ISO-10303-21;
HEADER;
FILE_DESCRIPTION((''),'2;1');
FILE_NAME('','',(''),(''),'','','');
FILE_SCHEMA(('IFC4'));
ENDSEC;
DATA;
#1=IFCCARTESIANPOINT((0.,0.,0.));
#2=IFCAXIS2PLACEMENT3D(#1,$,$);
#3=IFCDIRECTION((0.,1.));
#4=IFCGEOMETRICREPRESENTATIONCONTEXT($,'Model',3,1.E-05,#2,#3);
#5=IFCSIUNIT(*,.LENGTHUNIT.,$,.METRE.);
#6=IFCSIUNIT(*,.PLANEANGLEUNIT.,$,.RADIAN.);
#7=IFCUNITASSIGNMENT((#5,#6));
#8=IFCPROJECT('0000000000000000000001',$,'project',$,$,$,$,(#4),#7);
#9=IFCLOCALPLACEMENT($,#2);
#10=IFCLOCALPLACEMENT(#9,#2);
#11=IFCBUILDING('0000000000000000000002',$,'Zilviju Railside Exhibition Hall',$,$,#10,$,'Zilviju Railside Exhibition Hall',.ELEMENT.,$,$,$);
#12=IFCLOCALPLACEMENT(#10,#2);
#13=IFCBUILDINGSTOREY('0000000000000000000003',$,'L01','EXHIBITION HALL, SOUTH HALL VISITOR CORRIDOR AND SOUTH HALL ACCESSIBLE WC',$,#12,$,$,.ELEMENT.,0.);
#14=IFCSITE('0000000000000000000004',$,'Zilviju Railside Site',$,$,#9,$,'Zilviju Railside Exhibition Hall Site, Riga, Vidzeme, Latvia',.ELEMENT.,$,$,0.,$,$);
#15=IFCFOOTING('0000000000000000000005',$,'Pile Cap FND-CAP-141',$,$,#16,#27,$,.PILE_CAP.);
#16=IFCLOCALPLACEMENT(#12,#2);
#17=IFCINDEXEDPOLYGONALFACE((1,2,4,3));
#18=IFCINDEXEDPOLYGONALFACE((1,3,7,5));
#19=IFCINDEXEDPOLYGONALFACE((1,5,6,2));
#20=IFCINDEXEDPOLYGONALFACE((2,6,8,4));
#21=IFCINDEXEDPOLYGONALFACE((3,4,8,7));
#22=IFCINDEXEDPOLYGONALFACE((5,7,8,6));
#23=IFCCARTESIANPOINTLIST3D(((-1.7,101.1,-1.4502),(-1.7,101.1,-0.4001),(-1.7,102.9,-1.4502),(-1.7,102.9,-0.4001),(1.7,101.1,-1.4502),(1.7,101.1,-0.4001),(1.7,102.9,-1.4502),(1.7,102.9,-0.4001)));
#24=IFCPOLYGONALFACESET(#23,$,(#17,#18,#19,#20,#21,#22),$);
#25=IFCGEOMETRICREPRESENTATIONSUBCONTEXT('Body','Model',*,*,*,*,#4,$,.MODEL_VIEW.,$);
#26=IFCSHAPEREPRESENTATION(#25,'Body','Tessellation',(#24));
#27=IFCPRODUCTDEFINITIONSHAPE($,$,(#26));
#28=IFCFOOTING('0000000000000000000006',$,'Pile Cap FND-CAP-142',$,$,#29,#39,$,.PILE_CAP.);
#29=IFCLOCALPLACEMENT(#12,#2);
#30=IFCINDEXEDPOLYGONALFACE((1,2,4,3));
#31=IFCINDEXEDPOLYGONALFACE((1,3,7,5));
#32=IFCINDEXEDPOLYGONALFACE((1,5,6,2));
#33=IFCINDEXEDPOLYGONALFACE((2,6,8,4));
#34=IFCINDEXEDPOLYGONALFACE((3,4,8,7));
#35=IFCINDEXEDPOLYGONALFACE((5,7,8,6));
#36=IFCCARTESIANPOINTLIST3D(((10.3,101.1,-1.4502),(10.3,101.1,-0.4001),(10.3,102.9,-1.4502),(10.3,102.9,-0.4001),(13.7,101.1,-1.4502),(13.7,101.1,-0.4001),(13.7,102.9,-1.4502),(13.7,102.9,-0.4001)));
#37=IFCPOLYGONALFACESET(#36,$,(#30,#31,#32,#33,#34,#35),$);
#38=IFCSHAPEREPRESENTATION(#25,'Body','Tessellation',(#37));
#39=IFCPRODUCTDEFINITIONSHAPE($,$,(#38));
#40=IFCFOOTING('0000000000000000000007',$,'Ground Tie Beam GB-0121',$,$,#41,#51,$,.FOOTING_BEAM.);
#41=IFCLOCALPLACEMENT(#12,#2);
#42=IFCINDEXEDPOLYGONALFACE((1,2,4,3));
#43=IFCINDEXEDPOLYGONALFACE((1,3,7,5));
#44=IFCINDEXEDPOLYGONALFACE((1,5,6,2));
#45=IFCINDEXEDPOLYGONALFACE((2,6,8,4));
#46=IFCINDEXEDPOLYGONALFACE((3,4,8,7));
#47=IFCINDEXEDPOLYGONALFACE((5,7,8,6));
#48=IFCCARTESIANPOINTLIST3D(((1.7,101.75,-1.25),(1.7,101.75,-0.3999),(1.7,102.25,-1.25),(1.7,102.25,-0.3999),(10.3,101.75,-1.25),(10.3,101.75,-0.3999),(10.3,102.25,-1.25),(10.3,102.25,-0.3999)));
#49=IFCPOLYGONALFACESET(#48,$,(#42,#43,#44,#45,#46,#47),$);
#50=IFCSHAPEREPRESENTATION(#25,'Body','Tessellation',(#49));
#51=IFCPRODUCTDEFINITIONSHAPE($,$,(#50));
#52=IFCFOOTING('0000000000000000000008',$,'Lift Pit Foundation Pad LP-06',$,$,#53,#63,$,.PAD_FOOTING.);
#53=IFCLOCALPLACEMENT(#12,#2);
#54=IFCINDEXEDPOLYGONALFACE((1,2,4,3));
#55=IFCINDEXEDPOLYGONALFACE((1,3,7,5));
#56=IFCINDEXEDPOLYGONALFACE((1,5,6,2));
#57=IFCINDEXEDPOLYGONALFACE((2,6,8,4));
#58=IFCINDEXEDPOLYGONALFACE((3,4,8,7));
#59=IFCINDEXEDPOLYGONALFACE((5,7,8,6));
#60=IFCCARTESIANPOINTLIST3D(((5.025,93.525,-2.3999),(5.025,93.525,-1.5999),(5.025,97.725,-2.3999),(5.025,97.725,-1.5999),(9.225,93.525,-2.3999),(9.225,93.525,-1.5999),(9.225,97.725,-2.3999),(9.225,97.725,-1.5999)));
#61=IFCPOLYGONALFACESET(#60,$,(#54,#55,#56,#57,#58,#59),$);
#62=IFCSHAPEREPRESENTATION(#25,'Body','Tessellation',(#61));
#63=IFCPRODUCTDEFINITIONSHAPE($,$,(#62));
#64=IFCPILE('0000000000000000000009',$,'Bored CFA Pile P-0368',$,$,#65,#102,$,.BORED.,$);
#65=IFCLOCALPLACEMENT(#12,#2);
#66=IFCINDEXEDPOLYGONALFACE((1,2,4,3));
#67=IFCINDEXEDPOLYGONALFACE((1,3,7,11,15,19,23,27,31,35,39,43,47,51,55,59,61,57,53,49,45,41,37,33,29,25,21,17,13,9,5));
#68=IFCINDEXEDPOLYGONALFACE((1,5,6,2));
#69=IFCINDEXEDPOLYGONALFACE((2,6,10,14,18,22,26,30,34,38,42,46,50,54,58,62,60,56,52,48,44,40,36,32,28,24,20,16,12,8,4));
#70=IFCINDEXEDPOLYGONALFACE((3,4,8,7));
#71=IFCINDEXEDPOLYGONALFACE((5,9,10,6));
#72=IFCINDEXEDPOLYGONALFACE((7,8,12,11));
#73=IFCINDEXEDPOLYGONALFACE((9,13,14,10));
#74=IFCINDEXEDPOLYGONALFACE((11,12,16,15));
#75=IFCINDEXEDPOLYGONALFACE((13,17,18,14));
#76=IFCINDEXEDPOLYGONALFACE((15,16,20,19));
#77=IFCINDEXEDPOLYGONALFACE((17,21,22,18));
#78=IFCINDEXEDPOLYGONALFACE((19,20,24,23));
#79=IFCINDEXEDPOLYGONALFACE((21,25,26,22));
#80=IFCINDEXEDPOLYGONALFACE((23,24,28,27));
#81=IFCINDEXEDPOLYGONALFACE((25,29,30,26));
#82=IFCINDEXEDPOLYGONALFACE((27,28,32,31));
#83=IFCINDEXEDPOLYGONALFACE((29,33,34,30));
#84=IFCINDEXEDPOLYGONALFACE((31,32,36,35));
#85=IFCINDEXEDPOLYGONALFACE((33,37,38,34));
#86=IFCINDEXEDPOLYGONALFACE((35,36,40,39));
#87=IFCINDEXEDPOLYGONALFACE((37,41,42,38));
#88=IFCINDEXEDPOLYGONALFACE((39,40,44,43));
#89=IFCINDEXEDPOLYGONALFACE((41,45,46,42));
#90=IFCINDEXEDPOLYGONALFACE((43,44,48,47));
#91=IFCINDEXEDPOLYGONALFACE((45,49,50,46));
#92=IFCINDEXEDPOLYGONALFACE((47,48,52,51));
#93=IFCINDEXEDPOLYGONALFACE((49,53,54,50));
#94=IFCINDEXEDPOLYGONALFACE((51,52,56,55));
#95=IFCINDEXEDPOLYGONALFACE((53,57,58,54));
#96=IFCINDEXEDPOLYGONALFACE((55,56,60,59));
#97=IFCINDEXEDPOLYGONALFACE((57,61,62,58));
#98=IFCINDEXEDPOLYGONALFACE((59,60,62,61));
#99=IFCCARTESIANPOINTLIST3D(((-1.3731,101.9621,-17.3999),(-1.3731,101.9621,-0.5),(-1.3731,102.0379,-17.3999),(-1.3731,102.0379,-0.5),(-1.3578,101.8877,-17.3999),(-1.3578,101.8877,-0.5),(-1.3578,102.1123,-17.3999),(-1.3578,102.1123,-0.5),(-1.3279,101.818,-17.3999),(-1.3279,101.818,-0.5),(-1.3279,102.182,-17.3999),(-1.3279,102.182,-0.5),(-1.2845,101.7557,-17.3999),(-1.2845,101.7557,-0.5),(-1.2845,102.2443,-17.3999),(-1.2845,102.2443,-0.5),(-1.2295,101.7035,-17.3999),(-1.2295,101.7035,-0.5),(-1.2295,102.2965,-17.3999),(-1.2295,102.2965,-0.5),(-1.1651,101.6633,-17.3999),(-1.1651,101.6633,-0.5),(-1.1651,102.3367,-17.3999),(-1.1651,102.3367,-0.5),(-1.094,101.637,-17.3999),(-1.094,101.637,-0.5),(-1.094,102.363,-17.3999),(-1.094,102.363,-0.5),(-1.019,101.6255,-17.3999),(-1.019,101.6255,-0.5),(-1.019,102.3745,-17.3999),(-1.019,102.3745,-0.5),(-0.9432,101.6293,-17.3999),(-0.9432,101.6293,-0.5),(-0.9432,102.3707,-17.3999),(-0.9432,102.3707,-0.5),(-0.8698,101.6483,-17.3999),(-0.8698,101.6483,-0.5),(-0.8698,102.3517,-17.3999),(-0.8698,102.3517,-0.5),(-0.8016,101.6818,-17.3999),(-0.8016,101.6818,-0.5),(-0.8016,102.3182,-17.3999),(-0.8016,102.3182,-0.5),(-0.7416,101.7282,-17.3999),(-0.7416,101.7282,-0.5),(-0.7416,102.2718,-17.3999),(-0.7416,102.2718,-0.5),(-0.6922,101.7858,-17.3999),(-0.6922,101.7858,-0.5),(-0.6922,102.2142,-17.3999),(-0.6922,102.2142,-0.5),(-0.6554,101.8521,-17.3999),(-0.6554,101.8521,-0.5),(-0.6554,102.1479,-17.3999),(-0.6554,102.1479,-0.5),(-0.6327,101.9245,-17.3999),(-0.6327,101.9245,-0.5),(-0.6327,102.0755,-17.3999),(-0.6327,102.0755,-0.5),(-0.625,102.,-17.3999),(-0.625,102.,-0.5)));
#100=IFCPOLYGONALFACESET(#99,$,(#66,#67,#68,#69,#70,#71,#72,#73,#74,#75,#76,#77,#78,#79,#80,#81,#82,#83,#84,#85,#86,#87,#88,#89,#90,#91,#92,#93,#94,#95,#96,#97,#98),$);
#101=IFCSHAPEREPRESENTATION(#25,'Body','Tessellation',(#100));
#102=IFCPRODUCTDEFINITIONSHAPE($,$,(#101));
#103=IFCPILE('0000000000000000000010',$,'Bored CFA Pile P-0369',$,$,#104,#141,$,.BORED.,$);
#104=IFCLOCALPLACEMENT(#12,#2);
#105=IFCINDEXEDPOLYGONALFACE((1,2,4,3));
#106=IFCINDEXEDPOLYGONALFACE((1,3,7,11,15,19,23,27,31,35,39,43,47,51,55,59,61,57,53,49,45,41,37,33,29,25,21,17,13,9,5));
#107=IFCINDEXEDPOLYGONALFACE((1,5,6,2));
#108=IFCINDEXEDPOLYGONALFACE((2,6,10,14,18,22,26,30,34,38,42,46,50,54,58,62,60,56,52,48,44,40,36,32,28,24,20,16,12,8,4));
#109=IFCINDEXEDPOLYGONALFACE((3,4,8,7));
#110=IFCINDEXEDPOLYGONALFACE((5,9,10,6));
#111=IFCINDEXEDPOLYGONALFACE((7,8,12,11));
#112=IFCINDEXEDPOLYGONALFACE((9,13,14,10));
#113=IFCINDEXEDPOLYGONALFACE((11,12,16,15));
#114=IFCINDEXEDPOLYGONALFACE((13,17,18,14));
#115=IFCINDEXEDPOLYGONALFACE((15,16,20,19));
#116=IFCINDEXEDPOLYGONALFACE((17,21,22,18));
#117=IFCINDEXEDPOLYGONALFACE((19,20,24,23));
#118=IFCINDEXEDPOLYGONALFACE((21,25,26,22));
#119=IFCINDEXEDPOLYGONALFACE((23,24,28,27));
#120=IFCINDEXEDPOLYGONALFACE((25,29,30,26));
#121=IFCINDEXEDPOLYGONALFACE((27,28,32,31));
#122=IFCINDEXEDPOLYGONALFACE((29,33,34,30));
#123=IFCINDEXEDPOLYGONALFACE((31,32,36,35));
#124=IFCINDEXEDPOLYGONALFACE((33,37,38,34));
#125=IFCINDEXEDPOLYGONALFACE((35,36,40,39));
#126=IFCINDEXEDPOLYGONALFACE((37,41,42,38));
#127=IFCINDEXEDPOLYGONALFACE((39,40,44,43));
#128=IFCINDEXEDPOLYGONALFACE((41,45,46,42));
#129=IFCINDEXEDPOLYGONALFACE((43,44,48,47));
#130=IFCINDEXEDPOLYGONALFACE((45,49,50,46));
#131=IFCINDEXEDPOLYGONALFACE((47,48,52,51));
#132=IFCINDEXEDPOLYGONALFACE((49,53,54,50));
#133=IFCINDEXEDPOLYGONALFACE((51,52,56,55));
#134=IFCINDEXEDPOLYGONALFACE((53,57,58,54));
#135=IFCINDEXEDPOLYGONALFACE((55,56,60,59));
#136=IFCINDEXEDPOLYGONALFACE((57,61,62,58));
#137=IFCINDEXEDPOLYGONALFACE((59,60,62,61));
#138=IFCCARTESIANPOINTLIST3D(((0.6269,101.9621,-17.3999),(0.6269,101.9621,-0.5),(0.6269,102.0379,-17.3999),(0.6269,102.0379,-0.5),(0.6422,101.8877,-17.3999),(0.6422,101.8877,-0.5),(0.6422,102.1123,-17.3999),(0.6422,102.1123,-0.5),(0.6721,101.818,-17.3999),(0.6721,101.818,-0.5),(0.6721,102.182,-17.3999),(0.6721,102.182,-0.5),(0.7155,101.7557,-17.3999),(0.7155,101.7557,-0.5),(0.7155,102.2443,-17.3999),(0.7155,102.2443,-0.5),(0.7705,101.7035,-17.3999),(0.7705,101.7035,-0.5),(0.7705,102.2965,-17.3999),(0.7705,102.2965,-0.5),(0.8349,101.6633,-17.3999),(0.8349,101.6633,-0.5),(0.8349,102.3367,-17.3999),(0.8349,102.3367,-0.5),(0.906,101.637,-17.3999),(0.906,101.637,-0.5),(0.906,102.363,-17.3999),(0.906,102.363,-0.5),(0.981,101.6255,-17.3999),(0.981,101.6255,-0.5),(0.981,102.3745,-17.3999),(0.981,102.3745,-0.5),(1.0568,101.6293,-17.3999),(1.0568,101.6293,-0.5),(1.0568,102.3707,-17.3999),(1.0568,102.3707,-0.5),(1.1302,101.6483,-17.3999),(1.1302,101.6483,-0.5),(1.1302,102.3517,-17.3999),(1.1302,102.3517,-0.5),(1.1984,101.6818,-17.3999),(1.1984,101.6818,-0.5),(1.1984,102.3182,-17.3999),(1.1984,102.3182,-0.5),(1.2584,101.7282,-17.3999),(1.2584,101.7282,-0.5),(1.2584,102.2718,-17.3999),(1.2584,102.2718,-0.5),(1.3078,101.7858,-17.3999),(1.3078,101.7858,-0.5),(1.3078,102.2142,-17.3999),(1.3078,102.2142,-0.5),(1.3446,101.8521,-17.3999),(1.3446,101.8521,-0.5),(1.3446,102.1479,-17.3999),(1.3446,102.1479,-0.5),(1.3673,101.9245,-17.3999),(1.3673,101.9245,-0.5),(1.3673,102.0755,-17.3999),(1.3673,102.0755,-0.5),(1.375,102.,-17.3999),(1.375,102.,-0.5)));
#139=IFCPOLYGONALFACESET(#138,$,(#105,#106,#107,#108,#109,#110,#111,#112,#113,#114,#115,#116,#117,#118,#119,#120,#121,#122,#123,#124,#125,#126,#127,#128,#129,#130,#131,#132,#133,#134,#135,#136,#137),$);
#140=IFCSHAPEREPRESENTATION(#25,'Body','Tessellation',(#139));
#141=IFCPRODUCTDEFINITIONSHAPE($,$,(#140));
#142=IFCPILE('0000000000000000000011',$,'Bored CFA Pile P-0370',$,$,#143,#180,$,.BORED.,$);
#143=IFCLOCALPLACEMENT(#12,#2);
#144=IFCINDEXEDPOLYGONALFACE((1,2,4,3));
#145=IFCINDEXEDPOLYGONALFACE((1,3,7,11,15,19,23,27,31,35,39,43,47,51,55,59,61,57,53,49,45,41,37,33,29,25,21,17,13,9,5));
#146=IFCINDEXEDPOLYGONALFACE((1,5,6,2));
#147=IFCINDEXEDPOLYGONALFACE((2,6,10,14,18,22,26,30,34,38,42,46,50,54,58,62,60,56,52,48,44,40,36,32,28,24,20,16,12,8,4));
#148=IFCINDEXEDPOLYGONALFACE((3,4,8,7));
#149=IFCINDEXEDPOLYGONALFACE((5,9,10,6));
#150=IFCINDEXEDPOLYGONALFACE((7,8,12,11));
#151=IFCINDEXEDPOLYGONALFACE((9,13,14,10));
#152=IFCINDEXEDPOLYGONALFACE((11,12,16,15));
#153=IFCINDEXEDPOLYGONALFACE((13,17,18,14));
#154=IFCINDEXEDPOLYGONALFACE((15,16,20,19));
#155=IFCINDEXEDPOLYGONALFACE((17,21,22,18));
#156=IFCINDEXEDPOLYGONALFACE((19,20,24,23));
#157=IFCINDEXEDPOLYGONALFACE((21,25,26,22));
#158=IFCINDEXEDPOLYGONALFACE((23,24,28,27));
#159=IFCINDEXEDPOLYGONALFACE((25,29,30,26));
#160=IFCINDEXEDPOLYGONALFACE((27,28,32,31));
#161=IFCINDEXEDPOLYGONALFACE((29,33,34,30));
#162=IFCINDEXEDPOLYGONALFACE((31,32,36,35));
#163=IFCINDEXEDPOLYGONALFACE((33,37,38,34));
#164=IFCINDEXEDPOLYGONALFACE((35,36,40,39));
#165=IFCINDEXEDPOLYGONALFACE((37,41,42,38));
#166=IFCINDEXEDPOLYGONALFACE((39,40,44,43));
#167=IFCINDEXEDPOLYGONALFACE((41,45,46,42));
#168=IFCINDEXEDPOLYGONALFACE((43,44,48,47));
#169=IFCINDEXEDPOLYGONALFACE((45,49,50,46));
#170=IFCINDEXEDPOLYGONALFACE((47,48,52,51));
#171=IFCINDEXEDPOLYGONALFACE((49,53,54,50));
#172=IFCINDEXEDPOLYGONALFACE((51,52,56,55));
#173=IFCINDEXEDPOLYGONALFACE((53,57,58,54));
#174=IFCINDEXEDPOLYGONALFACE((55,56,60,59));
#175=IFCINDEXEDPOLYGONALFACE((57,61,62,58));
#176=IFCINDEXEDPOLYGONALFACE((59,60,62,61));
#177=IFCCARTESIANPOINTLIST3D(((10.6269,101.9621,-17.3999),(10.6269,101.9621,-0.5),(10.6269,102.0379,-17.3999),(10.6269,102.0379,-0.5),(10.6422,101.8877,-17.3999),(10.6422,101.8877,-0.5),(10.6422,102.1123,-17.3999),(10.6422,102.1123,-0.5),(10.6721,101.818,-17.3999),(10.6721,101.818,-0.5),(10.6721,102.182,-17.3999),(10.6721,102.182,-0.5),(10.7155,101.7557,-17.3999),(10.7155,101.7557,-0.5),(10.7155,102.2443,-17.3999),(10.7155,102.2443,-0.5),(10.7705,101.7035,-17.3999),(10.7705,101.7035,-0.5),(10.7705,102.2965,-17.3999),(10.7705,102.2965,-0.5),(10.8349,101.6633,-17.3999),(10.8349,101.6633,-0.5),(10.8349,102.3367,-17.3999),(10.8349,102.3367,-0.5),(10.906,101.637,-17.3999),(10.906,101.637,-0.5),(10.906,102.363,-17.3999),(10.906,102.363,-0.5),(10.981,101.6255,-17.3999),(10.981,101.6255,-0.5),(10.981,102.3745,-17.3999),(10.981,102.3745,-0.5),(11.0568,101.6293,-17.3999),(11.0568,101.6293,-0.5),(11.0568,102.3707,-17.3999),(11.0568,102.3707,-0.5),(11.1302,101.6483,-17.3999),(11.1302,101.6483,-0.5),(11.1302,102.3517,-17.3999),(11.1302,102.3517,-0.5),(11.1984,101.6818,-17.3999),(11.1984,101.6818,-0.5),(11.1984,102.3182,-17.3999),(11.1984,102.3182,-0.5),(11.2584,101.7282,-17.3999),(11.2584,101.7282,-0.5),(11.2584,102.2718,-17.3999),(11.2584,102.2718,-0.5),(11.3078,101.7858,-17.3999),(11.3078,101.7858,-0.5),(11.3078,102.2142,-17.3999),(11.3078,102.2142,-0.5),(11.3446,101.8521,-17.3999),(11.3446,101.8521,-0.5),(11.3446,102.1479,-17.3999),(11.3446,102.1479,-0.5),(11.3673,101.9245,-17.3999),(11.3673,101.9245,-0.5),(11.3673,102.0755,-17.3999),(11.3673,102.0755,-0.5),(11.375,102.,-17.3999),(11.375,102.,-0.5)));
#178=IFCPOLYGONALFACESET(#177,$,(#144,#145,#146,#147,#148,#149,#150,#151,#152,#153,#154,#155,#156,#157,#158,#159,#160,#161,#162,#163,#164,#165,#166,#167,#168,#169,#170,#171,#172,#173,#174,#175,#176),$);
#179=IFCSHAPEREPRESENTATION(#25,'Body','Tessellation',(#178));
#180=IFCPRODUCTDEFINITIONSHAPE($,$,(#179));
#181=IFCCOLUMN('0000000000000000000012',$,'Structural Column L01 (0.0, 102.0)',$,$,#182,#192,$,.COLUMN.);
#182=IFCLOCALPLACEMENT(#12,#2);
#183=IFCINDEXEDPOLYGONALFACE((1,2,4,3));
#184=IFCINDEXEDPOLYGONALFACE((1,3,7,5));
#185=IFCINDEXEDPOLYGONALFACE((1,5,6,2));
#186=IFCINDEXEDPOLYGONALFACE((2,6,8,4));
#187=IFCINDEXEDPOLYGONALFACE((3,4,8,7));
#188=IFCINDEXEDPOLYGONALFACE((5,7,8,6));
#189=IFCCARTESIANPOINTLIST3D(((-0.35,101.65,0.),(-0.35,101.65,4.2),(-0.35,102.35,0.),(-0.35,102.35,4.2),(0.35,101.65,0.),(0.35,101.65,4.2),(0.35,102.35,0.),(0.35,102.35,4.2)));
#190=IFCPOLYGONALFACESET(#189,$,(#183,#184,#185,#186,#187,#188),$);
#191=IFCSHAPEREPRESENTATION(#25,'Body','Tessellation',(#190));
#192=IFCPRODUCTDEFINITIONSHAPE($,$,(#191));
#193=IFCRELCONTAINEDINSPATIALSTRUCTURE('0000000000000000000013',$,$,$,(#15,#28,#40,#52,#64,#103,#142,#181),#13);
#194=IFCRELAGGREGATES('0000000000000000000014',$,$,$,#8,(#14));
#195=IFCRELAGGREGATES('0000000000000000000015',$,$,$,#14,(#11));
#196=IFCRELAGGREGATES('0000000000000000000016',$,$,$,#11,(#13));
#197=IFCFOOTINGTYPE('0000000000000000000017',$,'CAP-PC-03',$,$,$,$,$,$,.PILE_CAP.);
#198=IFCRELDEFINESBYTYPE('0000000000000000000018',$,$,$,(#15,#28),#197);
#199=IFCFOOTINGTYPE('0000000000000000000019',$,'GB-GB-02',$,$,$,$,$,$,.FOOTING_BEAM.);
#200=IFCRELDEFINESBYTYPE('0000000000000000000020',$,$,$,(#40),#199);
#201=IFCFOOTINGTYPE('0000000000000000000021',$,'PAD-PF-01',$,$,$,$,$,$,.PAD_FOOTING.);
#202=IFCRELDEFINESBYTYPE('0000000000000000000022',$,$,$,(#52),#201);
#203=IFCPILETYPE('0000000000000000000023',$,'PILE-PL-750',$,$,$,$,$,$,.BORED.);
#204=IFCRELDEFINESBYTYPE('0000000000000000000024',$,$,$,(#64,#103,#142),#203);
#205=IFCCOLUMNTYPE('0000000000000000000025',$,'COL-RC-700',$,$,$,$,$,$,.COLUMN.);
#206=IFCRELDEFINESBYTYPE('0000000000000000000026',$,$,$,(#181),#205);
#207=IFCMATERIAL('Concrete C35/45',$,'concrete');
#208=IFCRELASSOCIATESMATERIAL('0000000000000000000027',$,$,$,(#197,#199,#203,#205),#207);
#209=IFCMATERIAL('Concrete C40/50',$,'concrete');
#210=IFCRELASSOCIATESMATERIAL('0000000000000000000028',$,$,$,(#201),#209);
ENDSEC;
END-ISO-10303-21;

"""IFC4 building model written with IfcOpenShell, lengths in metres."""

from ifc_helpers import new_model, si_unit, direction, frame, origin, origin_2d, place, context, subcontext, project, spatial, rectangle, circle, extrude, material, material_profile, profile_set, type_object, element, save


model = new_model("IFC4")

# Units and contexts
model_context = context("Model", 3, precision=1e-05, world=origin(), true_north=direction((0.0, 1.0)))
body_context = subcontext(model_context, "Body", "Model", "MODEL_VIEW")
ifc_project = project(units=[si_unit("LENGTHUNIT", "METRE"), si_unit("PLANEANGLEUNIT", "RADIAN")], contexts=[model_context])

# Site, building, storey
site_placement = place(None, origin())
site = spatial("IfcSite", under=ifc_project, at=site_placement, Name="Zilviju Railside Site", LongName="Zilviju Railside Exhibition Hall Site, Riga, Vidzeme, Latvia", CompositionType="ELEMENT", RefElevation=0.0)
building_placement = place(site_placement, origin())
building = spatial("IfcBuilding", under=site, at=building_placement, Name="Zilviju Railside Exhibition Hall", LongName="Zilviju Railside Exhibition Hall", CompositionType="ELEMENT")
storey_placement = place(building_placement, origin())
storey = spatial("IfcBuildingStorey", under=building, at=storey_placement, Name="L01", Description="EXHIBITION HALL, SOUTH HALL VISITOR CORRIDOR AND SOUTH HALL ACCESSIBLE WC", CompositionType="ELEMENT", Elevation=0.0)

# Footings
ifc_material_1 = material(Name="Concrete C35/45", Category="concrete")
footing_type_1 = type_object("IfcFootingType", Name="CAP-PC-03", PredefinedType="PILE_CAP", material=ifc_material_1)
for number, where, z_axis, x_axis, name in (
    (1, (0.0, 102.0, -1.4502), (0.0, 0.0, 1.0), (1.0, 0.0, 0.0), "Pile Cap FND-CAP-141"),
    (2, (12.0, 102.0, -1.4502), (0.0, 0.0, 1.0), (1.0, 0.0, 0.0), "Pile Cap FND-CAP-142"),
):
    element("IfcFooting", number, at=place(storey_placement, frame(where, z_axis=z_axis, x_axis=x_axis)), inside=storey, type_object=footing_type_1, Name=name, PredefinedType="PILE_CAP", context=body_context, shape_type="SweptSolid", body=[
        extrude(rectangle(XDim=3.3999, YDim=1.8, at=origin_2d()), origin(), (0.0, 0.0, 1.0), 1.05),
    ])
ifc_material_profile_1 = material_profile(ifc_material_1, rectangle(XDim=0.5, YDim=0.8501, at=origin_2d()), Name="TIE BEAM 500x850")
ifc_profile_set_1 = profile_set([ifc_material_profile_1], Name="Concrete C35/45")
footing_type_2 = type_object("IfcFootingType", Name="GB-GB-02", PredefinedType="FOOTING_BEAM", material=ifc_profile_set_1)
footing_1_placement = place(storey_placement, frame((1.7, 102.0, -0.825), z_axis=(1.0, 0.0, 0.0), x_axis=(0.0, 1.0, 0.0)))
element("IfcFooting", 3, at=footing_1_placement, inside=storey, type_object=footing_type_2, Name="Ground Tie Beam GB-0121", PredefinedType="FOOTING_BEAM", context=body_context, shape_type="SweptSolid", body=[
    extrude(rectangle(XDim=0.5, YDim=0.8501, at=origin_2d()), origin(), (0.0, 0.0, 1.0), 8.6001),
])
ifc_material_2 = material(Name="Concrete C40/50", Category="concrete")
footing_type_3 = type_object("IfcFootingType", Name="PAD-PF-01", PredefinedType="PAD_FOOTING", material=ifc_material_2)
footing_2_placement = place(storey_placement, frame((7.125, 95.625, -2.3999), z_axis=(0.0, 0.0, 1.0), x_axis=(1.0, 0.0, 0.0)))
element("IfcFooting", 4, at=footing_2_placement, inside=storey, type_object=footing_type_3, Name="Lift Pit Foundation Pad LP-06", PredefinedType="PAD_FOOTING", context=body_context, shape_type="SweptSolid", body=[
    extrude(rectangle(XDim=4.2, YDim=4.2, at=origin_2d()), origin(), (0.0, 0.0, 1.0), 0.8),
])

# Piles
ifc_material_profile_2 = material_profile(ifc_material_1, circle(Radius=0.375, at=origin_2d()), Name="CFA PILE D750")
ifc_profile_set_2 = profile_set([ifc_material_profile_2], Name="Concrete C35/45")
pile_type = type_object("IfcPileType", Name="PILE-PL-750", PredefinedType="BORED", material=ifc_profile_set_2)
for number, where, z_axis, x_axis, name in (
    (5, (-1.0, 102.0, -0.5), (0.0, 0.0, -1.0), (1.0, 0.0, 0.0), "Bored CFA Pile P-0368"),
    (6, (1.0, 102.0, -0.5), (0.0, 0.0, -1.0), (1.0, 0.0, 0.0), "Bored CFA Pile P-0369"),
    (7, (11.0, 102.0, -0.5), (0.0, 0.0, -1.0), (1.0, 0.0, 0.0), "Bored CFA Pile P-0370"),
):
    element("IfcPile", number, at=place(storey_placement, frame(where, z_axis=z_axis, x_axis=x_axis)), inside=storey, type_object=pile_type, Name=name, PredefinedType="BORED", context=body_context, shape_type="SweptSolid", body=[
        extrude(circle(Radius=0.375, at=origin_2d()), origin(), (0.0, 0.0, 1.0), 16.8999),
    ])

# Column
ifc_material_profile_3 = material_profile(ifc_material_1, rectangle(XDim=0.7, YDim=0.7, at=origin_2d()), Name="RC COL 700x700")
ifc_profile_set_3 = profile_set([ifc_material_profile_3], Name="Concrete C35/45")
column_type = type_object("IfcColumnType", Name="COL-RC-700", PredefinedType="COLUMN", material=ifc_profile_set_3)
column_placement = place(storey_placement, frame((0.0, 102.0, 0.0), z_axis=(0.0, 0.0, 1.0), x_axis=(1.0, 0.0, 0.0)))
element("IfcColumn", 8, at=column_placement, inside=storey, type_object=column_type, Name="Structural Column L01 (0.0, 102.0)", PredefinedType="COLUMN", context=body_context, shape_type="SweptSolid", body=[
    extrude(rectangle(XDim=0.7, YDim=0.7, at=origin_2d()), origin(), (0.0, 0.0, 1.0), 4.2),
])

save(model, "model.ifc")
